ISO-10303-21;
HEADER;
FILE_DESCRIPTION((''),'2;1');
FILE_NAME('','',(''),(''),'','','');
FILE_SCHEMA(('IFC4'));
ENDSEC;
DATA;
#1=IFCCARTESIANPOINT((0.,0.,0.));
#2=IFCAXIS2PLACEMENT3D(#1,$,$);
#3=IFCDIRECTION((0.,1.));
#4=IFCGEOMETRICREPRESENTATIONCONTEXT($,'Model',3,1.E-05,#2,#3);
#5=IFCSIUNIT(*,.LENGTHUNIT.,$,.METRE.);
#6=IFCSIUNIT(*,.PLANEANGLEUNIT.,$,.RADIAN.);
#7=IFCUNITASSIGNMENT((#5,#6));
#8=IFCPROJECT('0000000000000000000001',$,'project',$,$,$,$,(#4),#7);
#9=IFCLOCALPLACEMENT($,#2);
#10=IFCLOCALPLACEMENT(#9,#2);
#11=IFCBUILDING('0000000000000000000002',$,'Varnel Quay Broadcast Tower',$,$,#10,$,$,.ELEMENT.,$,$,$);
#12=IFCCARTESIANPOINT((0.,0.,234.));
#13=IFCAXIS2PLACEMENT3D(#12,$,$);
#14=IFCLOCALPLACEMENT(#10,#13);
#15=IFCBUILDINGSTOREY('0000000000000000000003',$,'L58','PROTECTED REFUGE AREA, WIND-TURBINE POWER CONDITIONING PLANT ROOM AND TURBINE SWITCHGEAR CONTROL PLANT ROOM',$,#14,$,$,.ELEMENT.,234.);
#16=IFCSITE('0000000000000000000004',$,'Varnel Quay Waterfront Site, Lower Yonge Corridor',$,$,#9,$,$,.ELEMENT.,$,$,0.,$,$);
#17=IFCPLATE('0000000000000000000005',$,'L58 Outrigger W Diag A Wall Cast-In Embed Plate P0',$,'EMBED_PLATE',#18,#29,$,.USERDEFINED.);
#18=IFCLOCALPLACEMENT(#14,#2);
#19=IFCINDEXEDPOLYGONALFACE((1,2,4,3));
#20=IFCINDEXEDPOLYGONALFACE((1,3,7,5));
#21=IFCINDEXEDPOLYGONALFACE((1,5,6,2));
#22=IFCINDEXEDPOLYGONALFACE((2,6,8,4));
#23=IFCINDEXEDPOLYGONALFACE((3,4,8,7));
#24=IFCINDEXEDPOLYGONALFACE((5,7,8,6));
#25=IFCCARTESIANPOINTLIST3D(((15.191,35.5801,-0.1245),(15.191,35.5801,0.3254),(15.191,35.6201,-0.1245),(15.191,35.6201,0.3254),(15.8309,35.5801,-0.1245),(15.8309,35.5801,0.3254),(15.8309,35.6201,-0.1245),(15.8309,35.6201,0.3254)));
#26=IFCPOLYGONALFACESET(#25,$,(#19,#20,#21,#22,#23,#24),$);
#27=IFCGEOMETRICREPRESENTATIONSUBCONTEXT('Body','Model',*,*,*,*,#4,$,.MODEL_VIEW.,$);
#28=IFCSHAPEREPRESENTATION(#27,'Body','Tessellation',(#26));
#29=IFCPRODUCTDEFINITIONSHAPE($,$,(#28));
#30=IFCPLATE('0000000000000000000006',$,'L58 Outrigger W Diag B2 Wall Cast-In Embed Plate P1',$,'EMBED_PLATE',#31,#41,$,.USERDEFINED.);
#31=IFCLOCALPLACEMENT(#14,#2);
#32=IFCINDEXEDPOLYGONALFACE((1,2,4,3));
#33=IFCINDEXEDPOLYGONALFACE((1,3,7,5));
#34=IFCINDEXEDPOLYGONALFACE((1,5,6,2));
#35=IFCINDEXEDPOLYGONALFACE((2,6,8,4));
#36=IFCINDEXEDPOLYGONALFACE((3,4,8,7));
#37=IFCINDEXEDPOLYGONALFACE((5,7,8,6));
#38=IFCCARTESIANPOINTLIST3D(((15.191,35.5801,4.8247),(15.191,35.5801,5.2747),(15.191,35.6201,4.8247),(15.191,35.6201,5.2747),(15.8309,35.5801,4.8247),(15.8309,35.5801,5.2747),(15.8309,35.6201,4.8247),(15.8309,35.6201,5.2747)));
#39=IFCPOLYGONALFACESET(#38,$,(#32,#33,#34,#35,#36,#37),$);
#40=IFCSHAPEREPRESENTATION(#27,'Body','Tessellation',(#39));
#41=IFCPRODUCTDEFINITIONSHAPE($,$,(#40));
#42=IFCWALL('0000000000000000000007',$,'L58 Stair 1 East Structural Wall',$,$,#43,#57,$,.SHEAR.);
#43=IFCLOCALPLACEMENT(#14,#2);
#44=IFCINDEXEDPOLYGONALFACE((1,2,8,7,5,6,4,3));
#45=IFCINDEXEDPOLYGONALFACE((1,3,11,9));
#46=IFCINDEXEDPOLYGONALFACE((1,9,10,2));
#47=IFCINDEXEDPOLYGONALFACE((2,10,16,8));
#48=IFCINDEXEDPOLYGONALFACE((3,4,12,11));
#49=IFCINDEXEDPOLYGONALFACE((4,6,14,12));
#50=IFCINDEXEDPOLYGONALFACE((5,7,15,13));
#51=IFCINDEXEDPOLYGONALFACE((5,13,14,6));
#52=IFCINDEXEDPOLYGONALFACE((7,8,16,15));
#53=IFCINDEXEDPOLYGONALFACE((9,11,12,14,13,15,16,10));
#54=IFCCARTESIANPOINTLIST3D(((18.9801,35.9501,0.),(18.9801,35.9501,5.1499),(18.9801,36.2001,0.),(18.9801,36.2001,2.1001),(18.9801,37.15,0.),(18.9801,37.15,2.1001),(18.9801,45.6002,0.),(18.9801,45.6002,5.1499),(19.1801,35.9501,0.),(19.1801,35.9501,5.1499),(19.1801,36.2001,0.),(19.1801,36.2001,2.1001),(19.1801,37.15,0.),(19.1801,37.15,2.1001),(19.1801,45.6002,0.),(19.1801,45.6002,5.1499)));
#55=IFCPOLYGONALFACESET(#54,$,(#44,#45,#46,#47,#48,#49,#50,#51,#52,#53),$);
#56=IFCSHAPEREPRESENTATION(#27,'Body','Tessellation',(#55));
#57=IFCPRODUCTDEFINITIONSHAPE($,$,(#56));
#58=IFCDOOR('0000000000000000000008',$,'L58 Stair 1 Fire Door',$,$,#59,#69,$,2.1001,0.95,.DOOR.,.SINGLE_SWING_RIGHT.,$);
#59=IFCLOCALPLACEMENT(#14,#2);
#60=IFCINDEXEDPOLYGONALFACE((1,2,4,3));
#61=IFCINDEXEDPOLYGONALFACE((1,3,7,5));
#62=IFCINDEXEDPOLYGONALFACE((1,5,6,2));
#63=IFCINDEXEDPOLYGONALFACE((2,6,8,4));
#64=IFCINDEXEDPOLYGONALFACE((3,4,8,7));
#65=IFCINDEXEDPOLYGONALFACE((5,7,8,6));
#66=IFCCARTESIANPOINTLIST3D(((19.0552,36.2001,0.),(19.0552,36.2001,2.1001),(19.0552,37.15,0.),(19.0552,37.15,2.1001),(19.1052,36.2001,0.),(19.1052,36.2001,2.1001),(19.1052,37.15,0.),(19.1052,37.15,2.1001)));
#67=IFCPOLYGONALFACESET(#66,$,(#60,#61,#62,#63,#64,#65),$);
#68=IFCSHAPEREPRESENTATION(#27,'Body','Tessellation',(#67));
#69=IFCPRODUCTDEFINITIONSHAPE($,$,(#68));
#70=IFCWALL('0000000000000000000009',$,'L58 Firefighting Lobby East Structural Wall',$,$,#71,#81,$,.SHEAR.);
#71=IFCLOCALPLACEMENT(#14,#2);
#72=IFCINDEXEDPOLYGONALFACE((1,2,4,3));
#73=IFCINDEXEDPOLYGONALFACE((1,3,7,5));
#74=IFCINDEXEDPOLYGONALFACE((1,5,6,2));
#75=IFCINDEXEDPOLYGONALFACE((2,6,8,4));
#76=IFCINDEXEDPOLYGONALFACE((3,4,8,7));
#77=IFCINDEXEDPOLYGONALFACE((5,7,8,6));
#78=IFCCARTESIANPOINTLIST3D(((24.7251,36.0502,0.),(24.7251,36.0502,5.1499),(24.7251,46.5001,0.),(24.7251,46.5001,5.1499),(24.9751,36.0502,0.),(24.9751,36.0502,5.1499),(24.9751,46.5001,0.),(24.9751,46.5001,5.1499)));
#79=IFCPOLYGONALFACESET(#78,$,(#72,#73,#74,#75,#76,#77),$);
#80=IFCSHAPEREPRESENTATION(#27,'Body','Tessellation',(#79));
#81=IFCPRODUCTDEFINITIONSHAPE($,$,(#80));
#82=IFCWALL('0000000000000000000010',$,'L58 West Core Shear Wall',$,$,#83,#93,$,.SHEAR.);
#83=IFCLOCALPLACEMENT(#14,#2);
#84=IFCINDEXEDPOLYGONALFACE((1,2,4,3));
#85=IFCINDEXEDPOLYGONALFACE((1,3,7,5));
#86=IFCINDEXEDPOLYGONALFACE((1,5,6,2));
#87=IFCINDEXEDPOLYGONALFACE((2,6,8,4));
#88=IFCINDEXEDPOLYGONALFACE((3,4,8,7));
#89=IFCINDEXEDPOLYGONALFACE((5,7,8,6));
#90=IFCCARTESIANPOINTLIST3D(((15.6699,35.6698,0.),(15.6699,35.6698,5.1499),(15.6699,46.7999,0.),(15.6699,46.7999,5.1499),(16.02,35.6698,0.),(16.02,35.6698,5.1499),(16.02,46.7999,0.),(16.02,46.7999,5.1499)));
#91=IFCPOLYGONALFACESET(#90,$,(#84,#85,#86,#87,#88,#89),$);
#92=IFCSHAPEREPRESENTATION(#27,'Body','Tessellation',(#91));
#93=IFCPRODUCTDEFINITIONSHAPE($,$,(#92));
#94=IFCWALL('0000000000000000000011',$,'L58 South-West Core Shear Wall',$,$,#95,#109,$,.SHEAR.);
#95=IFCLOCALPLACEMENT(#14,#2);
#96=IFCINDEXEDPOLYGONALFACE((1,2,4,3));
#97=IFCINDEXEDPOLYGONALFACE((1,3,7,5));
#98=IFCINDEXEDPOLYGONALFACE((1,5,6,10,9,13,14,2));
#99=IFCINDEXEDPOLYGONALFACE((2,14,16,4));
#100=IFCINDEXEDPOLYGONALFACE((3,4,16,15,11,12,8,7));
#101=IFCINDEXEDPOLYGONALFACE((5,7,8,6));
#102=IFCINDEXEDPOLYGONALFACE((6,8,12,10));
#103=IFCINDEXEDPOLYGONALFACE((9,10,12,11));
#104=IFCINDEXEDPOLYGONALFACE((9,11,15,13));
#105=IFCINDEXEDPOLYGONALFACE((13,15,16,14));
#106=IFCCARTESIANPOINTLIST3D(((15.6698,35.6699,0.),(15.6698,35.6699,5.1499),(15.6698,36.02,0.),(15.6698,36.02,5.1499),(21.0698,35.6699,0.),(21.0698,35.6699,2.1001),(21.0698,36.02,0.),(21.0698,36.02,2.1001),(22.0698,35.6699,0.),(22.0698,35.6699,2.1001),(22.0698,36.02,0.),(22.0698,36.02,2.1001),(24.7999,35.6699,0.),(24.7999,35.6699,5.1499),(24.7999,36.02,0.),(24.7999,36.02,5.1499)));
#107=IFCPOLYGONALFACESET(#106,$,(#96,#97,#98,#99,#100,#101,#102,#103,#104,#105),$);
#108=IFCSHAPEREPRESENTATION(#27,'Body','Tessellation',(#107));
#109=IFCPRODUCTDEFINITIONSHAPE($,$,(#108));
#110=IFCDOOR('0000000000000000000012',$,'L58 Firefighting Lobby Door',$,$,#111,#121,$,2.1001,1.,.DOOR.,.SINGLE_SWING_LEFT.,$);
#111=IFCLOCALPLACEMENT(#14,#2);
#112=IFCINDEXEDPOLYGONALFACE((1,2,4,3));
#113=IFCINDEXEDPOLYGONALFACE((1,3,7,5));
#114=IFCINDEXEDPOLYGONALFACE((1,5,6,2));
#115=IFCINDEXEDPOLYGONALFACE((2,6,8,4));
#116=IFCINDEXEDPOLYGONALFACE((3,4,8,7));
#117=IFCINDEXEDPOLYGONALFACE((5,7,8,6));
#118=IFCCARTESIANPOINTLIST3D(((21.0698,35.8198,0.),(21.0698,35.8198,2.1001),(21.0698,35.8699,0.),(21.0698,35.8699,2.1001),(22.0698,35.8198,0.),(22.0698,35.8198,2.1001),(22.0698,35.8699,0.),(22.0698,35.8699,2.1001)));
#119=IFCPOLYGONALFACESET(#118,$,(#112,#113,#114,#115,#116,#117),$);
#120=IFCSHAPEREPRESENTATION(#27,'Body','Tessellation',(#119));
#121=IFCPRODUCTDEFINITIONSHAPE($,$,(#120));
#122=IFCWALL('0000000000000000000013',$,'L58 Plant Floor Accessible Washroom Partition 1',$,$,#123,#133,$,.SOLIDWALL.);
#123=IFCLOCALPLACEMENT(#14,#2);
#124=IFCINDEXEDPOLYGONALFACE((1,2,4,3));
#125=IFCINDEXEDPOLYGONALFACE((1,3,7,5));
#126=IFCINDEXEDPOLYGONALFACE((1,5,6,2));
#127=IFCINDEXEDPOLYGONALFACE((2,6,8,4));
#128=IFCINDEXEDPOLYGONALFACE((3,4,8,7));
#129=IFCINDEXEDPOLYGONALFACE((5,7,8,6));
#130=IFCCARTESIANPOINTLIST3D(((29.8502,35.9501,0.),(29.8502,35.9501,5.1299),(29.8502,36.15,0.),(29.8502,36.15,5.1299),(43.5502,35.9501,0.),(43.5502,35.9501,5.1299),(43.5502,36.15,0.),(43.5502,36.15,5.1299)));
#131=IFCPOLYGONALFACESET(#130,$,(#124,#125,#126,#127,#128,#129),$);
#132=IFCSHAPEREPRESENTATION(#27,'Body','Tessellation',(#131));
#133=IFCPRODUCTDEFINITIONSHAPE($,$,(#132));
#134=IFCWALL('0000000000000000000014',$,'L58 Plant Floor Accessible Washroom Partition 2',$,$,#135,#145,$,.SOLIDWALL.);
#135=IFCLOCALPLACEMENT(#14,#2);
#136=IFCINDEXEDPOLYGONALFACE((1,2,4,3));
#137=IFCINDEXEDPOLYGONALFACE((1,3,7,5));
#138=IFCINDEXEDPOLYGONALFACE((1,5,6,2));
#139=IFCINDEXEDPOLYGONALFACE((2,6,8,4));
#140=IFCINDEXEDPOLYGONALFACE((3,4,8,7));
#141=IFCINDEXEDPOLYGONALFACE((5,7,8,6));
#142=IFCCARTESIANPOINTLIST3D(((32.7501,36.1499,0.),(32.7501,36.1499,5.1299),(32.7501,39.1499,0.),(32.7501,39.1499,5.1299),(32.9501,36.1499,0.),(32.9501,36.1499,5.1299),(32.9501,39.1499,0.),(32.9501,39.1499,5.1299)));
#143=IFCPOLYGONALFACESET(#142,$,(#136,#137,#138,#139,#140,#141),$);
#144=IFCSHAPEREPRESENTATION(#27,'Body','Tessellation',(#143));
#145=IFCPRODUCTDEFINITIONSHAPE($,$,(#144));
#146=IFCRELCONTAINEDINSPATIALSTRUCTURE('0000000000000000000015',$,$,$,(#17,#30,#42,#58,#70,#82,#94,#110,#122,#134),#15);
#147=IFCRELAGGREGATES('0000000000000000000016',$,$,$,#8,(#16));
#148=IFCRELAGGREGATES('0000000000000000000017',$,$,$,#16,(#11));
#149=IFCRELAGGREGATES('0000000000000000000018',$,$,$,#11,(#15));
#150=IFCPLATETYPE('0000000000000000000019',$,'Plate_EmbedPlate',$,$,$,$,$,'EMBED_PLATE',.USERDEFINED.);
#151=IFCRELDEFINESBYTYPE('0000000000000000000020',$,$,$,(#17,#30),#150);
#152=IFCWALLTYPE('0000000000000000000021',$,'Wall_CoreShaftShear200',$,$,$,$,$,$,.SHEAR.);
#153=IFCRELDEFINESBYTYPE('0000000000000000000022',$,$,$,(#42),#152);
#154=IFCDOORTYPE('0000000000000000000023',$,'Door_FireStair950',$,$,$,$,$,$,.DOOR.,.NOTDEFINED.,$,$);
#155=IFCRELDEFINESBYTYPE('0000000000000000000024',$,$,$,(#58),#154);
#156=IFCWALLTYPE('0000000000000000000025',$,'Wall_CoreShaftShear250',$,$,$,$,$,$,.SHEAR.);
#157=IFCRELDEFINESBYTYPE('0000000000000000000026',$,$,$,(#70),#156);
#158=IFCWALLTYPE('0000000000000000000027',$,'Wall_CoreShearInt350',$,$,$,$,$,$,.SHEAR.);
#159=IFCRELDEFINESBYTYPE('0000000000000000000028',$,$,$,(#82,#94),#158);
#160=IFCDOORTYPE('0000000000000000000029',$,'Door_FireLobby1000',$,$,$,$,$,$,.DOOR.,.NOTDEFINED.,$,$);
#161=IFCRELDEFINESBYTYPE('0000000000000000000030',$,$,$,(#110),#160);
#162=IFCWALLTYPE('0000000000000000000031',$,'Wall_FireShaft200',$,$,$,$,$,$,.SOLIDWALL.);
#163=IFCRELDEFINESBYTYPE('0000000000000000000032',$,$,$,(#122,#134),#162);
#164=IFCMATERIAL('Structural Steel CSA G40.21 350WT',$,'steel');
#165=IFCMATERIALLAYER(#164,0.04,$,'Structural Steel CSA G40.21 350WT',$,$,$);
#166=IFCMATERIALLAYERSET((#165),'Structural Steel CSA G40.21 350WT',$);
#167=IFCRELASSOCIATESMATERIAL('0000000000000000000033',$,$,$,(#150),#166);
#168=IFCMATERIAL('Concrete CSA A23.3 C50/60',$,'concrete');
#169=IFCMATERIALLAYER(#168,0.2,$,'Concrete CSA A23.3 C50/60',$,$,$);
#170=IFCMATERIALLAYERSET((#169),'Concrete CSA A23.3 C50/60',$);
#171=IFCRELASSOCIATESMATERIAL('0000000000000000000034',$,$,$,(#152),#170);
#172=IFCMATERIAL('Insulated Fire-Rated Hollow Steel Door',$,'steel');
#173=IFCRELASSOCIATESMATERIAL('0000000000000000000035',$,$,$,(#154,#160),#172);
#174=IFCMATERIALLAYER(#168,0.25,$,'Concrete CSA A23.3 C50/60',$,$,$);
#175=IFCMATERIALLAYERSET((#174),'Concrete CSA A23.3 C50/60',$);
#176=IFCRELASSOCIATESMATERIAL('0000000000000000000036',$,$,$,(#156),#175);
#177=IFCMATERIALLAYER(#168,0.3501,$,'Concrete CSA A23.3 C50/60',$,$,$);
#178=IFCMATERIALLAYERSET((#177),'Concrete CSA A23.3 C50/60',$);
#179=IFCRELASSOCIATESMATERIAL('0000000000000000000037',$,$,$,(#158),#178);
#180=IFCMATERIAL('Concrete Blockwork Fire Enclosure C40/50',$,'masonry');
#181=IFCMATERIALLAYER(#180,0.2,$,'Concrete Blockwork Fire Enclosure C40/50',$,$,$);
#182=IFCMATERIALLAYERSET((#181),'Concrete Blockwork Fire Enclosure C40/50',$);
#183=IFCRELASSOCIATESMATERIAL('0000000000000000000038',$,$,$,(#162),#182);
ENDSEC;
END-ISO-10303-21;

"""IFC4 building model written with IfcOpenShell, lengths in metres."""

from ifc_helpers import new_model, si_unit, direction, frame, frame_2d, origin, origin_2d, place, context, subcontext, project, spatial, rectangle, extrude, source, transform, mapped, material, layer, layer_set, type_object, type_shapes, element, fill, save


model = new_model("IFC4")

# Units and contexts
model_context = context("Model", 3, precision=1e-05, world=origin(), true_north=direction((0.0, 1.0)))
body_context = subcontext(model_context, "Body", "Model", "MODEL_VIEW")
ifc_project = project(units=[si_unit("LENGTHUNIT", "METRE"), si_unit("PLANEANGLEUNIT", "RADIAN")], contexts=[model_context])

# Site, building, storey
site_placement = place(None, origin())
site = spatial("IfcSite", under=ifc_project, at=site_placement, Name="Varnel Quay Waterfront Site, Lower Yonge Corridor", CompositionType="ELEMENT", RefElevation=0.0)
building_placement = place(site_placement, origin())
building = spatial("IfcBuilding", under=site, at=building_placement, Name="Varnel Quay Broadcast Tower", CompositionType="ELEMENT")
storey_placement = place(building_placement, frame((0.0, 0.0, 234.0)))
storey = spatial("IfcBuildingStorey", under=building, at=storey_placement, Name="L58", Description="PROTECTED REFUGE AREA, WIND-TURBINE POWER CONDITIONING PLANT ROOM AND TURBINE SWITCHGEAR CONTROL PLANT ROOM", CompositionType="ELEMENT", Elevation=234.0)

# Shared definitions
ifc_material_1 = material(Name="Structural Steel CSA G40.21 350WT", Category="steel")

# Shared definitions
ifc_material_2 = material(Name="Concrete CSA A23.3 C50/60", Category="concrete")

# Plates
ifc_layer_1 = layer(ifc_material_1, 0.04, Name="Structural Steel CSA G40.21 350WT")
ifc_layer_set_1 = layer_set([ifc_layer_1], Name="Structural Steel CSA G40.21 350WT")
plate_type = type_object("IfcPlateType", Name="Plate_EmbedPlate", ElementType="EMBED_PLATE", PredefinedType="USERDEFINED", material=ifc_layer_set_1)
shared_shape_1 = source(origin(), body_context, "Body", "SweptSolid", [
    extrude(rectangle(XDim=0.6399, YDim=0.04, at=origin_2d()), origin(), (0.0, 0.0, 1.0), 0.45),
])
type_shapes(plate_type, [shared_shape_1])
for number, where, z_axis, x_axis, name in (
    (1, (15.511, 35.6001, -0.1245), (0.0, 0.0, 1.0), (1.0, 0.0, 0.0), "L58 Outrigger W Diag A Wall Cast-In Embed Plate P0"),
    (2, (15.511, 35.6001, 4.8247), (0.0, 0.0, 1.0), (1.0, 0.0, 0.0), "L58 Outrigger W Diag B2 Wall Cast-In Embed Plate P1"),
):
    element("IfcPlate", number, at=place(storey_placement, frame(where, z_axis=z_axis, x_axis=x_axis)), inside=storey, type_object=plate_type, Name=name, ObjectType="EMBED_PLATE", PredefinedType="USERDEFINED", context=body_context, shape_type="MappedRepresentation", body=[
        mapped(shared_shape_1, transform((0.0, 0.0, 0.0), x_axis=(1.0, 0.0, 0.0), y_axis=(0.0, 1.0, 0.0), z_axis=(0.0, 0.0, 1.0), scale=1.0)),
    ])

# Wall, opening, door
ifc_layer_2 = layer(ifc_material_2, 0.2, Name="Concrete CSA A23.3 C50/60")
ifc_layer_set_2 = layer_set([ifc_layer_2], Name="Concrete CSA A23.3 C50/60")
wall_type_1 = type_object("IfcWallType", Name="Wall_CoreShaftShear200", PredefinedType="SHEAR", material=ifc_layer_set_2)
wall_1_placement = place(storey_placement, frame((19.0801, 35.95, 0.0), z_axis=(0.0, 0.0, 1.0), x_axis=(0.0, 1.0, 0.0)))
wall_1 = element("IfcWall", 3, at=wall_1_placement, inside=storey, type_object=wall_type_1, Name="L58 Stair 1 East Structural Wall", PredefinedType="SHEAR", context=body_context, shape_type="SweptSolid", body=[
    extrude(rectangle(XDim=9.6501, YDim=0.2, at=frame_2d((4.8252, 0.0))), origin(), (0.0, 0.0, 1.0), 5.1499),
])
opening_1_placement = place(wall_1_placement, frame((0.25, 0.0, 0.0)))
opening_1 = element("IfcOpeningElement", 4, at=opening_1_placement, cuts=wall_1, PredefinedType="OPENING", context=body_context, shape_type="SweptSolid", body=[
    extrude(rectangle(XDim=0.95, YDim=2.1001, at=frame_2d((0.4751, 1.05))), frame((0.0, 0.1099, 0.0), z_axis=(0.0, -1.0, 0.0), x_axis=(1.0, 0.0, 0.0)), (0.0, 0.0, 1.0), 0.22),
])
ifc_material_3 = material(Name="Insulated Fire-Rated Hollow Steel Door", Category="steel")
door_type_1 = type_object("IfcDoorType", Name="Door_FireStair950", OperationType="NOTDEFINED", PredefinedType="DOOR", material=ifc_material_3)
shared_shape_2 = source(origin(), body_context, "Body", "SweptSolid", [
    extrude(rectangle(XDim=0.95, YDim=2.1001, at=frame_2d((0.4751, 1.05))), frame((0.0, 0.0249, 0.0), z_axis=(0.0, -1.0, 0.0), x_axis=(1.0, 0.0, 0.0)), (0.0, 0.0, 1.0), 0.05),
])
type_shapes(door_type_1, [shared_shape_2])
door_1_placement = place(opening_1_placement, origin())
door_1 = element("IfcDoor", 5, at=door_1_placement, inside=storey, type_object=door_type_1, Name="L58 Stair 1 Fire Door", OperationType="SINGLE_SWING_RIGHT", OverallHeight=2.1001, OverallWidth=0.95, PredefinedType="DOOR", context=body_context, shape_type="MappedRepresentation", body=[
    mapped(shared_shape_2, transform((0.0, 0.0, 0.0), x_axis=(1.0, 0.0, 0.0), y_axis=(0.0, 1.0, 0.0), z_axis=(0.0, 0.0, 1.0), scale=1.0)),
])
fill(opening_1, door_1)

# Walls
ifc_layer_3 = layer(ifc_material_2, 0.25, Name="Concrete CSA A23.3 C50/60")
ifc_layer_set_3 = layer_set([ifc_layer_3], Name="Concrete CSA A23.3 C50/60")
wall_type_2 = type_object("IfcWallType", Name="Wall_CoreShaftShear250", PredefinedType="SHEAR", material=ifc_layer_set_3)
wall_2_placement = place(storey_placement, frame((24.8501, 36.05, 0.0), z_axis=(0.0, 0.0, 1.0), x_axis=(0.0, 1.0, 0.0)))
element("IfcWall", 6, at=wall_2_placement, inside=storey, type_object=wall_type_2, Name="L58 Firefighting Lobby East Structural Wall", PredefinedType="SHEAR", context=body_context, shape_type="SweptSolid", body=[
    extrude(rectangle(XDim=10.45, YDim=0.25, at=frame_2d((5.2251, 0.0))), origin(), (0.0, 0.0, 1.0), 5.1499),
])
ifc_layer_4 = layer(ifc_material_2, 0.3501, Name="Concrete CSA A23.3 C50/60")
ifc_layer_set_4 = layer_set([ifc_layer_4], Name="Concrete CSA A23.3 C50/60")
wall_type_3 = type_object("IfcWallType", Name="Wall_CoreShearInt350", PredefinedType="SHEAR", material=ifc_layer_set_4)
wall_3_placement = place(storey_placement, frame((15.845, 35.6699, 0.0), z_axis=(0.0, 0.0, 1.0), x_axis=(0.0, 1.0, 0.0)))
element("IfcWall", 7, at=wall_3_placement, inside=storey, type_object=wall_type_3, Name="L58 West Core Shear Wall", PredefinedType="SHEAR", context=body_context, shape_type="SweptSolid", body=[
    extrude(rectangle(XDim=11.1301, YDim=0.3501, at=frame_2d((5.5649, 0.0))), origin(), (0.0, 0.0, 1.0), 5.1499),
])

# Wall, opening, door
wall_4_placement = place(storey_placement, frame((15.6699, 35.845, 0.0), z_axis=(0.0, 0.0, 1.0), x_axis=(1.0, 0.0, 0.0)))
wall_4 = element("IfcWall", 8, at=wall_4_placement, inside=storey, type_object=wall_type_3, Name="L58 South-West Core Shear Wall", PredefinedType="SHEAR", context=body_context, shape_type="SweptSolid", body=[
    extrude(rectangle(XDim=9.1301, YDim=0.3501, at=frame_2d((4.5649, 0.0))), origin(), (0.0, 0.0, 1.0), 5.1499),
])
opening_2_placement = place(wall_4_placement, frame((5.3999, 0.0, 0.0)))
opening_2 = element("IfcOpeningElement", 9, at=opening_2_placement, cuts=wall_4, PredefinedType="OPENING", context=body_context, shape_type="SweptSolid", body=[
    extrude(rectangle(XDim=1.0, YDim=2.1001, at=frame_2d((0.5, 1.05))), frame((0.0, 0.1851, 0.0), z_axis=(0.0, -1.0, 0.0), x_axis=(1.0, 0.0, 0.0)), (0.0, 0.0, 1.0), 0.3701),
])
door_type_2 = type_object("IfcDoorType", Name="Door_FireLobby1000", OperationType="NOTDEFINED", PredefinedType="DOOR", material=ifc_material_3)
shared_shape_3 = source(origin(), body_context, "Body", "SweptSolid", [
    extrude(rectangle(XDim=1.0, YDim=2.1001, at=frame_2d((0.5, 1.05))), frame((0.0, 0.0249, 0.0), z_axis=(0.0, -1.0, 0.0), x_axis=(1.0, 0.0, 0.0)), (0.0, 0.0, 1.0), 0.05),
])
type_shapes(door_type_2, [shared_shape_3])
door_2_placement = place(opening_2_placement, origin())
door_2 = element("IfcDoor", 10, at=door_2_placement, inside=storey, type_object=door_type_2, Name="L58 Firefighting Lobby Door", OperationType="SINGLE_SWING_LEFT", OverallHeight=2.1001, OverallWidth=1.0, PredefinedType="DOOR", context=body_context, shape_type="MappedRepresentation", body=[
    mapped(shared_shape_3, transform((0.0, 0.0, 0.0), x_axis=(1.0, 0.0, 0.0), y_axis=(0.0, 1.0, 0.0), z_axis=(0.0, 0.0, 1.0), scale=1.0)),
])
fill(opening_2, door_2)

# Walls
ifc_material_4 = material(Name="Concrete Blockwork Fire Enclosure C40/50", Category="masonry")
ifc_layer_5 = layer(ifc_material_4, 0.2, Name="Concrete Blockwork Fire Enclosure C40/50")
ifc_layer_set_5 = layer_set([ifc_layer_5], Name="Concrete Blockwork Fire Enclosure C40/50")
wall_type_4 = type_object("IfcWallType", Name="Wall_FireShaft200", PredefinedType="SOLIDWALL", material=ifc_layer_set_5)
wall_5_placement = place(storey_placement, frame((29.8501, 36.05, 0.0), z_axis=(0.0, 0.0, 1.0), x_axis=(1.0, 0.0, 0.0)))
element("IfcWall", 11, at=wall_5_placement, inside=storey, type_object=wall_type_4, Name="L58 Plant Floor Accessible Washroom Partition 1", PredefinedType="SOLIDWALL", context=body_context, shape_type="SweptSolid", body=[
    extrude(rectangle(XDim=13.7, YDim=0.2, at=frame_2d((6.8501, 0.0))), origin(), (0.0, 0.0, 1.0), 5.1299),
])
wall_6_placement = place(storey_placement, frame((32.8501, 36.1499, 0.0), z_axis=(0.0, 0.0, 1.0), x_axis=(0.0, 1.0, 0.0)))
element("IfcWall", 12, at=wall_6_placement, inside=storey, type_object=wall_type_4, Name="L58 Plant Floor Accessible Washroom Partition 2", PredefinedType="SOLIDWALL", context=body_context, shape_type="SweptSolid", body=[
    extrude(rectangle(XDim=3.0, YDim=0.2, at=frame_2d((1.5, 0.0))), origin(), (0.0, 0.0, 1.0), 5.1299),
])

save(model, "model.ifc")
